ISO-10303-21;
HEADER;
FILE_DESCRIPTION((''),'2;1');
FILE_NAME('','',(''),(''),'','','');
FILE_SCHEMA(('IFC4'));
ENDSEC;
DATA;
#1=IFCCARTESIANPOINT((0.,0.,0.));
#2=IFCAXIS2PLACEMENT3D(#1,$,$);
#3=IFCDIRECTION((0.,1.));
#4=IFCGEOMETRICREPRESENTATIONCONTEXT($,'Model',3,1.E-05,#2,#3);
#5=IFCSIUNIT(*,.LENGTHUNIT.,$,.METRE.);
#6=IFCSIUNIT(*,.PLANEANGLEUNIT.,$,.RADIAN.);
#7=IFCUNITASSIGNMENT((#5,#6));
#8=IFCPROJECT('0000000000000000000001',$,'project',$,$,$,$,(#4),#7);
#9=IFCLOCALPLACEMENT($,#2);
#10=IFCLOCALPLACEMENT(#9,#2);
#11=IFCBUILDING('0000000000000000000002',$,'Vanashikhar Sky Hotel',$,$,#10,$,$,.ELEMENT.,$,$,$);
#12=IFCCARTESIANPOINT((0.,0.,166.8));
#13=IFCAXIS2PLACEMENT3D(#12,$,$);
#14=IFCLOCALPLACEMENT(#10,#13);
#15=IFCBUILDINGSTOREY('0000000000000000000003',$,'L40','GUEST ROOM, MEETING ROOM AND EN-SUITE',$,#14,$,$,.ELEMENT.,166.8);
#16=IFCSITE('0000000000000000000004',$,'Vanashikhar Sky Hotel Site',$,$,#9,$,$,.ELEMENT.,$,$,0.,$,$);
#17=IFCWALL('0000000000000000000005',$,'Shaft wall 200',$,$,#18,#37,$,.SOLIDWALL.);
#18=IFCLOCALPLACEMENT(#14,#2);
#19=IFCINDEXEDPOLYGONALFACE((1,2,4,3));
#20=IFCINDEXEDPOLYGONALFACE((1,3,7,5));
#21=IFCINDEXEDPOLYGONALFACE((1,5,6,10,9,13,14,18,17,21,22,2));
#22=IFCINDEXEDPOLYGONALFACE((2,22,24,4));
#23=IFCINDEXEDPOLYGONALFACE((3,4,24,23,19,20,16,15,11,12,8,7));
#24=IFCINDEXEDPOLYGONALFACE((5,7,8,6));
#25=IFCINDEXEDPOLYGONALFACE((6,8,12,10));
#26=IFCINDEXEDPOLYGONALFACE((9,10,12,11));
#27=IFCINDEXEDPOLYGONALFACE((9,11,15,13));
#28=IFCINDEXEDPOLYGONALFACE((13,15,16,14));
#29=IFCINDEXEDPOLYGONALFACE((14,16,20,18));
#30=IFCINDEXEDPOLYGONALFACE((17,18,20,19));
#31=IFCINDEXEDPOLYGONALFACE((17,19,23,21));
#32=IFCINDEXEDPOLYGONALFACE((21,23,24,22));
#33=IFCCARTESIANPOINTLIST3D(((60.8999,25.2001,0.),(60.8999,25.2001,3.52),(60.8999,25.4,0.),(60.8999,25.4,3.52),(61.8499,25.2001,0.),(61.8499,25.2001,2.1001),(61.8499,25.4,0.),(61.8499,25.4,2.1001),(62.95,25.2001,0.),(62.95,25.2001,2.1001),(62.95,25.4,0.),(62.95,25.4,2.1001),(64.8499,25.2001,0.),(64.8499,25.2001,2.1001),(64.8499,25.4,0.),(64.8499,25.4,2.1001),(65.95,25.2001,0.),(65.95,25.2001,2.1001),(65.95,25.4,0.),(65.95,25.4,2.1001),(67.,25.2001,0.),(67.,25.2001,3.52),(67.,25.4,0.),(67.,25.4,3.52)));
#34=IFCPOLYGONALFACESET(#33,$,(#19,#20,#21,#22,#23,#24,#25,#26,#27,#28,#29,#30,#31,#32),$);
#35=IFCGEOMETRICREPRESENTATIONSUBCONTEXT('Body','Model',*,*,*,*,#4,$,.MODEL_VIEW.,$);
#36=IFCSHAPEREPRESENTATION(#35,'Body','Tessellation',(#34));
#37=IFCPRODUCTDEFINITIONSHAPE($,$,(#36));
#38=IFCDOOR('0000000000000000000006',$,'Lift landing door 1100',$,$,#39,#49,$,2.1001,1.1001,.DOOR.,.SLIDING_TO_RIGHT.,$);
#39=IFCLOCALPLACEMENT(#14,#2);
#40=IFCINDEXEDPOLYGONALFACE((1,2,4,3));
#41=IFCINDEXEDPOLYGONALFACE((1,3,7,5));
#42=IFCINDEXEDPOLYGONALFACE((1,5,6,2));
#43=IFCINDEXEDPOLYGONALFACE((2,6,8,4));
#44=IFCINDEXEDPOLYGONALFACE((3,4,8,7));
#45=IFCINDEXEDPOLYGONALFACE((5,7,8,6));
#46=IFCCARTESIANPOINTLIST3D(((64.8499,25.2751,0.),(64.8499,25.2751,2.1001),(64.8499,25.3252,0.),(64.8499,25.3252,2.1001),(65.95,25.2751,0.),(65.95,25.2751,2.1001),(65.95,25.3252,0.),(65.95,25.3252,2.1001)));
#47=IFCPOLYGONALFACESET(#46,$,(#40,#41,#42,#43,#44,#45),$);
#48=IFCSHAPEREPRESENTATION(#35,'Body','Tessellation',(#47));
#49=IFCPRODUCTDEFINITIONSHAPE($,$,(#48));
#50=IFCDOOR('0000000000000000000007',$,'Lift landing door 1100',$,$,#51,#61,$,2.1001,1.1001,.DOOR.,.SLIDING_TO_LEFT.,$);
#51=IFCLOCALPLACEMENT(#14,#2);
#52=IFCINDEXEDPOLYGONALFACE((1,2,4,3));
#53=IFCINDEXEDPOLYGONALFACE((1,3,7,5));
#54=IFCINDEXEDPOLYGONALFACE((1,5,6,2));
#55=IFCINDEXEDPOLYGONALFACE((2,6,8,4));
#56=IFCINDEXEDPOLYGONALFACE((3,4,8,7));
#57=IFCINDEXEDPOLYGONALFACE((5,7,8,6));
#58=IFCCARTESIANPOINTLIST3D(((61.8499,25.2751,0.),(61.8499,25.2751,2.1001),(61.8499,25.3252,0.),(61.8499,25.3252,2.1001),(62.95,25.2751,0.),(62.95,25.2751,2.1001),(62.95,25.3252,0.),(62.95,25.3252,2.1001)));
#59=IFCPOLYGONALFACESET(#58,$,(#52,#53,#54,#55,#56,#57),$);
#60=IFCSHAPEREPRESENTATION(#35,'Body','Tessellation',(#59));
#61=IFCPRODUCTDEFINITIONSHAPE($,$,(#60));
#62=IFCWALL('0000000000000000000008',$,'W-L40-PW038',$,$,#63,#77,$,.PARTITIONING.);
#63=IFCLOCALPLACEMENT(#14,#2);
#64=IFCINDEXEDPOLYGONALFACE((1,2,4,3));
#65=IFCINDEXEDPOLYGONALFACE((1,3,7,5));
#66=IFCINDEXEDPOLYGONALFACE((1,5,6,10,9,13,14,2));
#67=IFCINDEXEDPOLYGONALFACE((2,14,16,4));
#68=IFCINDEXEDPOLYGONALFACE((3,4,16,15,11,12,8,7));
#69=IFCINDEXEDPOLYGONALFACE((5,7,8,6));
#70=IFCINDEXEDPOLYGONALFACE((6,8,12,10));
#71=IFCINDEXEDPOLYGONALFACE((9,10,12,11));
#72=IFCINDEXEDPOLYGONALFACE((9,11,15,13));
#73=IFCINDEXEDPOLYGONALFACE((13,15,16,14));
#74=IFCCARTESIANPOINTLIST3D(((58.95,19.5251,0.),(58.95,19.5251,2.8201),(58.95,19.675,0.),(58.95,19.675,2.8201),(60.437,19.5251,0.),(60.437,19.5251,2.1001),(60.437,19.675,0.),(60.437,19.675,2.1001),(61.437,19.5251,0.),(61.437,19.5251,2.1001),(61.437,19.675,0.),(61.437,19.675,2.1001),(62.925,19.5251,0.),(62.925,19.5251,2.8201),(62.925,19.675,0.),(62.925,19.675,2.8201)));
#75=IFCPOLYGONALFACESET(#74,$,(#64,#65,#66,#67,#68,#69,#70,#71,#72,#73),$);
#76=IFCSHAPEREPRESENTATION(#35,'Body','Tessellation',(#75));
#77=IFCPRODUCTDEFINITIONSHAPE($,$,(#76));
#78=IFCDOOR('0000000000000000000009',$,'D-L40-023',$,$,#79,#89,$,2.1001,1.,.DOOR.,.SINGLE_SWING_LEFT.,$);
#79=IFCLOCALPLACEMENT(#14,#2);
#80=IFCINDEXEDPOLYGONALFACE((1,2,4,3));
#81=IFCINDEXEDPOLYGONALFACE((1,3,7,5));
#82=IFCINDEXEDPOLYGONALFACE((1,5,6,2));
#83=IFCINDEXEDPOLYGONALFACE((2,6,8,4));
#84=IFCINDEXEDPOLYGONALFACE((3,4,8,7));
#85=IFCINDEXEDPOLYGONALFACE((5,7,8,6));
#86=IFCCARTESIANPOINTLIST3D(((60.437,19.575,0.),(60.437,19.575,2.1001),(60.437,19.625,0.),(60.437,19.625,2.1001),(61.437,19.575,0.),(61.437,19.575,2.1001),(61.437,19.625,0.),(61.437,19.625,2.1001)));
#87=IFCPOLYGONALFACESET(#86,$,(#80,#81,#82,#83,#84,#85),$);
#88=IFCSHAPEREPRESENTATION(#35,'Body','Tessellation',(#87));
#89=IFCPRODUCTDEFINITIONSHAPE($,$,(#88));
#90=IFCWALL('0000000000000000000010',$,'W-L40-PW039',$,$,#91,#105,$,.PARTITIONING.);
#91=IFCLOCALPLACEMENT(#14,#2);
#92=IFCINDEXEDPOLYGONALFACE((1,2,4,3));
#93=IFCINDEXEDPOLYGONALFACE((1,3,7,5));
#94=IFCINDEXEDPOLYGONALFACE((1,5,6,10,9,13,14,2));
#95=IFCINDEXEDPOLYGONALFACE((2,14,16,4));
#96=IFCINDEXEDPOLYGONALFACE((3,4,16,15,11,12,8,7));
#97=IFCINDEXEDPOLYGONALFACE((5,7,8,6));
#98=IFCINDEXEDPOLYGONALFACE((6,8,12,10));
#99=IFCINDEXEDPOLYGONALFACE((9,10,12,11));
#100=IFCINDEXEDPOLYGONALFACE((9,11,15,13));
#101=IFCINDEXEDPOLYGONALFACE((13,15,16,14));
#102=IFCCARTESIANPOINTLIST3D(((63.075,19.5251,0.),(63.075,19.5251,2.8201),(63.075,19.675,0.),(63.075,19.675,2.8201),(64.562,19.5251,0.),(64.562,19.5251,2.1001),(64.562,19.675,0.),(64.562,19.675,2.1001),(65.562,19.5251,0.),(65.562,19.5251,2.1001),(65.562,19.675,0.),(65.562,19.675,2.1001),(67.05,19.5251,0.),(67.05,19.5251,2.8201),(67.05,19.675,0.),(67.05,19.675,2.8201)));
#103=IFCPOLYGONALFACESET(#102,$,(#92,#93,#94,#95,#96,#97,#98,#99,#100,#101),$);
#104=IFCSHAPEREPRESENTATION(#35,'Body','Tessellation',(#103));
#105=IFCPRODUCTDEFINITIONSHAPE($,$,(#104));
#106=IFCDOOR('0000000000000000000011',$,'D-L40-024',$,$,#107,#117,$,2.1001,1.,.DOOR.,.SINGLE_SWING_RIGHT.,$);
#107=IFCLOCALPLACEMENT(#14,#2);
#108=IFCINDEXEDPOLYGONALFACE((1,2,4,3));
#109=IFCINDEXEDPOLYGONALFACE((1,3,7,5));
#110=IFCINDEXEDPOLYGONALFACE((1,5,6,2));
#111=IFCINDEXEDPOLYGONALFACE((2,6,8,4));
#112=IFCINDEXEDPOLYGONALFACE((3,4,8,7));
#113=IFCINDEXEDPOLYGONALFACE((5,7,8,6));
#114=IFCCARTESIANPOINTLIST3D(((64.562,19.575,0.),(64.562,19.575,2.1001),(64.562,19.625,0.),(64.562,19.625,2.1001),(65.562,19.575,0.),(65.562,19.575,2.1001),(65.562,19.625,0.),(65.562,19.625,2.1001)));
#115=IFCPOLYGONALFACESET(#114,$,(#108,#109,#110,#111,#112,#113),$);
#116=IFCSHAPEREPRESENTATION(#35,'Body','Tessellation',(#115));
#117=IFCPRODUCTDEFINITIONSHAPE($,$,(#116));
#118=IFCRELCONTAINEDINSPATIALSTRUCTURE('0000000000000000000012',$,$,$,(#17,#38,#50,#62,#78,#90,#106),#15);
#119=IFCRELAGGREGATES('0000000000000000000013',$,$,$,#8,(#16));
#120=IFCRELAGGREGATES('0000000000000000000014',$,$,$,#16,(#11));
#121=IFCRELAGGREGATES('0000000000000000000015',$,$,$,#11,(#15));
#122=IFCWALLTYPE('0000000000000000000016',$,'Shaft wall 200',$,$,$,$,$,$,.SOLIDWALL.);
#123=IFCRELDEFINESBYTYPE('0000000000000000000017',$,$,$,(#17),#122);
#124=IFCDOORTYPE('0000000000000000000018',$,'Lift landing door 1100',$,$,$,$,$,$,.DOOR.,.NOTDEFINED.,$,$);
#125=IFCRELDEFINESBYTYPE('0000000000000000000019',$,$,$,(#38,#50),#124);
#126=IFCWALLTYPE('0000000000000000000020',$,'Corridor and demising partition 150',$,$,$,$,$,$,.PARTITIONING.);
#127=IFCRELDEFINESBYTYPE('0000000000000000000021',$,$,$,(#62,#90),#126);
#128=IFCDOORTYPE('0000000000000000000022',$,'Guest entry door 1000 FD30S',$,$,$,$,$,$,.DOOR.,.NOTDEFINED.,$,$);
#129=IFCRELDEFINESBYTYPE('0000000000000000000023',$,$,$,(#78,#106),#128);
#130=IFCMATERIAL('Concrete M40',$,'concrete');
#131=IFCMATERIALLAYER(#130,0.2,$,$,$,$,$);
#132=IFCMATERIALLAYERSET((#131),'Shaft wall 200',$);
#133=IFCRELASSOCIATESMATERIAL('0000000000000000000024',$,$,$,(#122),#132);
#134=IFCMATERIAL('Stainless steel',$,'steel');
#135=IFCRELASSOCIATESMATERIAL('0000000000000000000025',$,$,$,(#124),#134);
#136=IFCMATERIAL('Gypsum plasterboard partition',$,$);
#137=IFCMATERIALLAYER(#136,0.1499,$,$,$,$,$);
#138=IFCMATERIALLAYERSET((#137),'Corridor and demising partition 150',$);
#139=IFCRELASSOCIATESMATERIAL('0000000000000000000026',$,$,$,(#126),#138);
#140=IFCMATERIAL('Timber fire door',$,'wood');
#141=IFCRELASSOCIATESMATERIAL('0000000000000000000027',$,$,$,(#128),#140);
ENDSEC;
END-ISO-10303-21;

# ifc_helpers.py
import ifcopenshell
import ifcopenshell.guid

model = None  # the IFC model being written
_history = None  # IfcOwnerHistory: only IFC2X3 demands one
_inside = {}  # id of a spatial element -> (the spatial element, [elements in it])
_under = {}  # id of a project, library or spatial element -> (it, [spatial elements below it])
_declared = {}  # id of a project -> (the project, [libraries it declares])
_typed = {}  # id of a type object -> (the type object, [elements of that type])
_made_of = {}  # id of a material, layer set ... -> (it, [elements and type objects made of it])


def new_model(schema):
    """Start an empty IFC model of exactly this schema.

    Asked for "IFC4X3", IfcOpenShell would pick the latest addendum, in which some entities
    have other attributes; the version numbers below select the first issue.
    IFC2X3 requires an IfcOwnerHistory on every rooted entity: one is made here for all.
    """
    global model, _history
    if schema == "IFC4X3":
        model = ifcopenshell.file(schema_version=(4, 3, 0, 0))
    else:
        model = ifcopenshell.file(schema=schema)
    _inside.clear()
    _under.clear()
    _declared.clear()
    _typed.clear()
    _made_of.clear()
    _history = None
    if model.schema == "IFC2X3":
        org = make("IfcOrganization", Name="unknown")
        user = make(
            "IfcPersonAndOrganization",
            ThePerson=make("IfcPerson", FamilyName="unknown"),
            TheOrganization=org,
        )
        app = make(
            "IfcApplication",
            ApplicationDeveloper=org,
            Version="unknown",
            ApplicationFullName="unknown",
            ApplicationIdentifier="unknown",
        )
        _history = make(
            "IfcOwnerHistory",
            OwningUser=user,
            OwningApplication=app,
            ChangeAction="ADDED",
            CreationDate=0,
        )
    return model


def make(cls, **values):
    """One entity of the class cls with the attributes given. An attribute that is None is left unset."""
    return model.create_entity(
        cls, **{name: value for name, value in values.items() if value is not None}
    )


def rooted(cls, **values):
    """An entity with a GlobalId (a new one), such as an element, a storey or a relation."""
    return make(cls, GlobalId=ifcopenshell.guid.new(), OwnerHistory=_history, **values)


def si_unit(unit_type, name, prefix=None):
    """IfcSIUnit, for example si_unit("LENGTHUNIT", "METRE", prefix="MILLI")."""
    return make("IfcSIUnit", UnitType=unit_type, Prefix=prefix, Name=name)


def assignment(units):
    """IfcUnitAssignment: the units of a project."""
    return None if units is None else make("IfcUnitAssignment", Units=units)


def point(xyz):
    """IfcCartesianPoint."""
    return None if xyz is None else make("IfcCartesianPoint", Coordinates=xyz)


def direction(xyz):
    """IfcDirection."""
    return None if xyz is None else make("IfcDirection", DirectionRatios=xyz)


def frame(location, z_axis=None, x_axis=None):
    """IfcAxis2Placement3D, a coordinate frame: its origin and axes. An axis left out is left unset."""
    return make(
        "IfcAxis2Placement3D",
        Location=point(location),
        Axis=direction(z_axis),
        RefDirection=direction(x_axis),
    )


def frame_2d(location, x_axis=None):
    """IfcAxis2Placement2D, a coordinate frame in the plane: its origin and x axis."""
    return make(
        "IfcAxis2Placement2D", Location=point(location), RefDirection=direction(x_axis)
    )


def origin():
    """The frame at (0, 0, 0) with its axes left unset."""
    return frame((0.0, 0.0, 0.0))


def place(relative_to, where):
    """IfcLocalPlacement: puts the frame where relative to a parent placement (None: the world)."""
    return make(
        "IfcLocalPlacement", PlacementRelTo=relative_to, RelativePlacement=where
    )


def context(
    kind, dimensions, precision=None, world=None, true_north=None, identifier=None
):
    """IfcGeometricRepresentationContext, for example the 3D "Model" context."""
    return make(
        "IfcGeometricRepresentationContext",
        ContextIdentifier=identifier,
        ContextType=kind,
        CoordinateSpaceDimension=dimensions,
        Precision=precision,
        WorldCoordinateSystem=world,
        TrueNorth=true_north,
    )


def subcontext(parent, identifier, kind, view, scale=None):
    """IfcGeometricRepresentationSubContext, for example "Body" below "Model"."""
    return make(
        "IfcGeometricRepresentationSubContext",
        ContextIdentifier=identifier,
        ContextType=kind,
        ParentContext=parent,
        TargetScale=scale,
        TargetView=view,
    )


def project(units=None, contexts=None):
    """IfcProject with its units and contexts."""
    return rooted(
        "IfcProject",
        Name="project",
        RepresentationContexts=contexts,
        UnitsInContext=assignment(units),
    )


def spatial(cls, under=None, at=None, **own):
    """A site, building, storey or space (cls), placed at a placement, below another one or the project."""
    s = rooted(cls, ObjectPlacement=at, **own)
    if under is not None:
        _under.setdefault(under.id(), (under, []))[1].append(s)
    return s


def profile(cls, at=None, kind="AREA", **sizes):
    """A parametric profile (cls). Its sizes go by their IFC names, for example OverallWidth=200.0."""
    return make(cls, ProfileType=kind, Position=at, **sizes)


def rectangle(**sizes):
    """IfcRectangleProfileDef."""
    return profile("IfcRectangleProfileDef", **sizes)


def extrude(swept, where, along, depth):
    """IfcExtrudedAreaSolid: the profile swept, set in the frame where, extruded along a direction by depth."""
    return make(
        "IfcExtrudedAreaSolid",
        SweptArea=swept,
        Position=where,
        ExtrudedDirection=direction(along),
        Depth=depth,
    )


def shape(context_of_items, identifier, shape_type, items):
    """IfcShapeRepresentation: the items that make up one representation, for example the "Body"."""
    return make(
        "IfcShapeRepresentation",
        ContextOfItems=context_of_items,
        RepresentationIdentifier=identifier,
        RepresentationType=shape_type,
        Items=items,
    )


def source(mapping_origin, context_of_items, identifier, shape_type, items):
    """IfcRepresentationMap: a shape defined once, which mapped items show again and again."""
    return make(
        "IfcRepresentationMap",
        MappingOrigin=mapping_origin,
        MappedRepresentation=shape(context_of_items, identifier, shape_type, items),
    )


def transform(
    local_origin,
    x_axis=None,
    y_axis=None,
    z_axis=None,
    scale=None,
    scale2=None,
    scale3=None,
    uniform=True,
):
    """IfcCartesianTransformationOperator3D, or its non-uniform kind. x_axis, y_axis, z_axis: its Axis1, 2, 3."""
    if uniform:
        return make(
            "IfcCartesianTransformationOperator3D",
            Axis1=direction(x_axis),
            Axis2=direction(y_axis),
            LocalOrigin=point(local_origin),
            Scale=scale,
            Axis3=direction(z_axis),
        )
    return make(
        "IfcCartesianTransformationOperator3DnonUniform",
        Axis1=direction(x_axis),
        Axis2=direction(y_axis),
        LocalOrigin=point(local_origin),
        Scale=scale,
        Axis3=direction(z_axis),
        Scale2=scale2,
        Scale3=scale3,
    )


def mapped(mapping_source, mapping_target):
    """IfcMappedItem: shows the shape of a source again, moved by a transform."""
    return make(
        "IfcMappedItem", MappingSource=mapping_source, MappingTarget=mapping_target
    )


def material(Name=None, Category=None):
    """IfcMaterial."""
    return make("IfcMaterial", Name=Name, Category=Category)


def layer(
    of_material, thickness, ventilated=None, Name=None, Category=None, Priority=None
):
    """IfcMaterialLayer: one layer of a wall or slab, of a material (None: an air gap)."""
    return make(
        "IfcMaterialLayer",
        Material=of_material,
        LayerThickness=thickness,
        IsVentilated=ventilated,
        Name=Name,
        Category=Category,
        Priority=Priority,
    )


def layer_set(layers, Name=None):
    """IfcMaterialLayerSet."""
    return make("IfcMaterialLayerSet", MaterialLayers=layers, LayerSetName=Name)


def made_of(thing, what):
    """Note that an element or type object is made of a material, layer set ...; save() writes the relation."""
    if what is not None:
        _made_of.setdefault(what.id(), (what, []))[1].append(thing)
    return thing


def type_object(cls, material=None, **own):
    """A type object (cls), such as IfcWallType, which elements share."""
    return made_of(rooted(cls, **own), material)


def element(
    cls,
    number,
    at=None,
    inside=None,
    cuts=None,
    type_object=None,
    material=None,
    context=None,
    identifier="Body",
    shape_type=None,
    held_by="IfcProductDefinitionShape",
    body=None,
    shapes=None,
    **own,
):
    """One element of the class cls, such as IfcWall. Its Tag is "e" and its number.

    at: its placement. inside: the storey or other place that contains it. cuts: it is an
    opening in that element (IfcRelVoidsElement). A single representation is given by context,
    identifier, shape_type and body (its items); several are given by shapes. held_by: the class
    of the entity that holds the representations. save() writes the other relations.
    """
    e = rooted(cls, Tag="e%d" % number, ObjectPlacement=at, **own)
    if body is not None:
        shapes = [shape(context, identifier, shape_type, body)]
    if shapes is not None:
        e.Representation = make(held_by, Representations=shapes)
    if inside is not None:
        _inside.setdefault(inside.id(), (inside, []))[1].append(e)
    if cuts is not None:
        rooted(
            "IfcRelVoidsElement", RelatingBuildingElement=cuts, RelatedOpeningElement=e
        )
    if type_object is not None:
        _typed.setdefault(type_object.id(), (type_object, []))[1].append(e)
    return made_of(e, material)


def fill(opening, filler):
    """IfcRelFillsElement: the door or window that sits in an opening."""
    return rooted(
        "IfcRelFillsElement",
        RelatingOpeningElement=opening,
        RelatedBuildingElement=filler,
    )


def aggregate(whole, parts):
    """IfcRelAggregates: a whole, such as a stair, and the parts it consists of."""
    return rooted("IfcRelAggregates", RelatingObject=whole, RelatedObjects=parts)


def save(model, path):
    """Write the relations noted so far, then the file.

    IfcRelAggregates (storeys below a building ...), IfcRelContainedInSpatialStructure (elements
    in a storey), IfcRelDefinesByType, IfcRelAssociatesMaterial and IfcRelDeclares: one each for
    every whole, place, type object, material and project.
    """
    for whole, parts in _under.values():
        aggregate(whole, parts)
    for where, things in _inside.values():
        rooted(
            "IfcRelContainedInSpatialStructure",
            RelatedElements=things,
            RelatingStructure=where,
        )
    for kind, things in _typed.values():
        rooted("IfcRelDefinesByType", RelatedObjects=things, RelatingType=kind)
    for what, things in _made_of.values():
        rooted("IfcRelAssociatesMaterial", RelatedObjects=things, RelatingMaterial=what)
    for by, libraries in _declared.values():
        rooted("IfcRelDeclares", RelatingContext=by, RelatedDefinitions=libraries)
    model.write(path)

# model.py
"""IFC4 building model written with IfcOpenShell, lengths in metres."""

from ifc_helpers import new_model, si_unit, direction, frame, frame_2d, origin, place, context, subcontext, project, spatial, rectangle, extrude, source, transform, mapped, material, layer, layer_set, type_object, element, fill, save


model = new_model("IFC4")

# Units and contexts
model_context = context("Model", 3, precision=1e-05, world=origin(), true_north=direction((0.0, 1.0)))
body_context = subcontext(model_context, "Body", "Model", "MODEL_VIEW")
ifc_project = project(units=[si_unit("LENGTHUNIT", "METRE"), si_unit("PLANEANGLEUNIT", "RADIAN")], contexts=[model_context])

# Site, building, storey
site_placement = place(None, origin())
site = spatial("IfcSite", under=ifc_project, at=site_placement, Name="Vanashikhar Sky Hotel Site", CompositionType="ELEMENT", RefElevation=0.0)
building_placement = place(site_placement, origin())
building = spatial("IfcBuilding", under=site, at=building_placement, Name="Vanashikhar Sky Hotel", CompositionType="ELEMENT")
storey_placement = place(building_placement, frame((0.0, 0.0, 166.8)))
storey = spatial("IfcBuildingStorey", under=building, at=storey_placement, Name="L40", Description="GUEST ROOM, MEETING ROOM AND EN-SUITE", CompositionType="ELEMENT", Elevation=166.8)

# Shared definitions
ifc_material_1 = material(Name="Concrete M40", Category="concrete")
ifc_layer_1 = layer(ifc_material_1, 0.2)
ifc_layer_set_1 = layer_set([ifc_layer_1], Name="Shaft wall 200")
wall_type_1 = type_object("IfcWallType", Name="Shaft wall 200", PredefinedType="SOLIDWALL", material=ifc_layer_set_1)
shared_shape_1 = source(origin(), body_context, "Body", "SweptSolid", [
    extrude(rectangle(XDim=1.1001, YDim=2.1001, at=frame_2d((0.55, 1.05))), frame((0.0, 0.1099, 0.0), z_axis=(0.0, -1.0, 0.0), x_axis=(1.0, 0.0, 0.0)), (0.0, 0.0, 1.0), 0.22),
])
ifc_material_2 = material(Name="Stainless steel", Category="steel")
door_type_1 = type_object("IfcDoorType", Name="Lift landing door 1100", OperationType="NOTDEFINED", PredefinedType="DOOR", material=ifc_material_2)
shared_shape_2 = source(origin(), body_context, "Body", "SweptSolid", [
    extrude(rectangle(XDim=1.1001, YDim=2.1001, at=frame_2d((0.55, 1.05))), frame((0.0, 0.0249, 0.0), z_axis=(0.0, -1.0, 0.0), x_axis=(1.0, 0.0, 0.0)), (0.0, 0.0, 1.0), 0.05),
])

# Wall, openings, doors
shared_shape_3 = source(origin(), body_context, "Body", "SweptSolid", [
    extrude(rectangle(XDim=6.1001, YDim=0.2, at=frame_2d((3.05, 0.0))), origin(), (0.0, 0.0, 1.0), 3.52),
])
wall_1_placement = place(storey_placement, frame((67.0, 25.3, 0.0), z_axis=(0.0, 0.0, 1.0), x_axis=(-1.0, 0.0, 0.0)))
wall_1 = element("IfcWall", 1, at=wall_1_placement, inside=storey, type_object=wall_type_1, Name="Shaft wall 200", PredefinedType="SOLIDWALL", context=body_context, shape_type="MappedRepresentation", body=[
    mapped(shared_shape_3, transform((0.0, 0.0, 0.0), scale=1.0)),
])
opening_1_placement = place(wall_1_placement, frame((1.05, 0.0, 0.0)))
opening_1 = element("IfcOpeningElement", 2, at=opening_1_placement, cuts=wall_1, PredefinedType="OPENING", context=body_context, shape_type="MappedRepresentation", body=[
    mapped(shared_shape_1, transform((0.0, 0.0, 0.0), scale=1.0)),
])
opening_2_placement = place(wall_1_placement, frame((4.05, 0.0, 0.0)))
opening_2 = element("IfcOpeningElement", 3, at=opening_2_placement, cuts=wall_1, PredefinedType="OPENING", context=body_context, shape_type="MappedRepresentation", body=[
    mapped(shared_shape_1, transform((0.0, 0.0, 0.0), scale=1.0)),
])
door_1_placement = place(opening_1_placement, origin())
door_1 = element("IfcDoor", 4, at=door_1_placement, inside=storey, type_object=door_type_1, Name="Lift landing door 1100", OperationType="SLIDING_TO_RIGHT", OverallHeight=2.1001, OverallWidth=1.1001, PredefinedType="DOOR", context=body_context, shape_type="MappedRepresentation", body=[
    mapped(shared_shape_2, transform((0.0, 0.0, 0.0), scale=1.0)),
])
fill(opening_1, door_1)
door_2_placement = place(opening_2_placement, origin())
door_2 = element("IfcDoor", 5, at=door_2_placement, inside=storey, type_object=door_type_1, Name="Lift landing door 1100", OperationType="SLIDING_TO_LEFT", OverallHeight=2.1001, OverallWidth=1.1001, PredefinedType="DOOR", context=body_context, shape_type="MappedRepresentation", body=[
    mapped(shared_shape_2, transform((0.0, 0.0, 0.0), scale=1.0)),
])
fill(opening_2, door_2)

# Walls, openings, doors
ifc_material_3 = material(Name="Gypsum plasterboard partition")
ifc_layer_2 = layer(ifc_material_3, 0.1499)
ifc_layer_set_2 = layer_set([ifc_layer_2], Name="Corridor and demising partition 150")
wall_type_2 = type_object("IfcWallType", Name="Corridor and demising partition 150", PredefinedType="PARTITIONING", material=ifc_layer_set_2)
shared_shape_4 = source(origin(), body_context, "Body", "SweptSolid", [
    extrude(rectangle(XDim=3.9751, YDim=0.1499, at=frame_2d((1.9875, 0.0))), origin(), (0.0, 0.0, 1.0), 2.8201),
])
wall_2_placement = place(storey_placement, frame((58.95, 19.6001, 0.0), z_axis=(0.0, 0.0, 1.0), x_axis=(1.0, 0.0, 0.0)))
wall_2 = element("IfcWall", 6, at=wall_2_placement, inside=storey, type_object=wall_type_2, Name="W-L40-PW038", PredefinedType="PARTITIONING", context=body_context, shape_type="MappedRepresentation", body=[
    mapped(shared_shape_4, transform((0.0, 0.0, 0.0), scale=1.0)),
])
shared_shape_5 = source(origin(), body_context, "Body", "SweptSolid", [
    extrude(rectangle(XDim=1.0, YDim=2.1001, at=frame_2d((0.5, 1.05))), frame((0.0, 0.085, 0.0), z_axis=(0.0, -1.0, 0.0), x_axis=(1.0, 0.0, 0.0)), (0.0, 0.0, 1.0), 0.1699),
])
opening_3_placement = place(wall_2_placement, frame((1.4871, 0.0, 0.0)))
opening_3 = element("IfcOpeningElement", 7, at=opening_3_placement, cuts=wall_2, PredefinedType="OPENING", context=body_context, shape_type="MappedRepresentation", body=[
    mapped(shared_shape_5, transform((0.0, 0.0, 0.0), scale=1.0)),
])
ifc_material_4 = material(Name="Timber fire door", Category="wood")
door_type_2 = type_object("IfcDoorType", Name="Guest entry door 1000 FD30S", OperationType="NOTDEFINED", PredefinedType="DOOR", material=ifc_material_4)
shared_shape_6 = source(origin(), body_context, "Body", "SweptSolid", [
    extrude(rectangle(XDim=1.0, YDim=2.1001, at=frame_2d((0.5, 1.05))), frame((0.0, 0.0249, 0.0), z_axis=(0.0, -1.0, 0.0), x_axis=(1.0, 0.0, 0.0)), (0.0, 0.0, 1.0), 0.05),
])
door_3_placement = place(opening_3_placement, origin())
door_3 = element("IfcDoor", 8, at=door_3_placement, inside=storey, type_object=door_type_2, Name="D-L40-023", OperationType="SINGLE_SWING_LEFT", OverallHeight=2.1001, OverallWidth=1.0, PredefinedType="DOOR", context=body_context, shape_type="MappedRepresentation", body=[
    mapped(shared_shape_6, transform((0.0, 0.0, 0.0), scale=1.0)),
])
fill(opening_3, door_3)
wall_3_placement = place(storey_placement, frame((63.075, 19.6001, 0.0), z_axis=(0.0, 0.0, 1.0), x_axis=(1.0, 0.0, 0.0)))
wall_3 = element("IfcWall", 9, at=wall_3_placement, inside=storey, type_object=wall_type_2, Name="W-L40-PW039", PredefinedType="PARTITIONING", context=body_context, shape_type="MappedRepresentation", body=[
    mapped(shared_shape_4, transform((0.0, 0.0, 0.0), scale=1.0)),
])
opening_4_placement = place(wall_3_placement, frame((1.4871, 0.0, 0.0)))
opening_4 = element("IfcOpeningElement", 10, at=opening_4_placement, cuts=wall_3, PredefinedType="OPENING", context=body_context, shape_type="MappedRepresentation", body=[
    mapped(shared_shape_5, transform((0.0, 0.0, 0.0), scale=1.0)),
])
door_4_placement = place(opening_4_placement, origin())
door_4 = element("IfcDoor", 11, at=door_4_placement, inside=storey, type_object=door_type_2, Name="D-L40-024", OperationType="SINGLE_SWING_RIGHT", OverallHeight=2.1001, OverallWidth=1.0, PredefinedType="DOOR", context=body_context, shape_type="MappedRepresentation", body=[
    mapped(shared_shape_6, transform((0.0, 0.0, 0.0), scale=1.0)),
])
fill(opening_4, door_4)

save(model, "model.ifc")
